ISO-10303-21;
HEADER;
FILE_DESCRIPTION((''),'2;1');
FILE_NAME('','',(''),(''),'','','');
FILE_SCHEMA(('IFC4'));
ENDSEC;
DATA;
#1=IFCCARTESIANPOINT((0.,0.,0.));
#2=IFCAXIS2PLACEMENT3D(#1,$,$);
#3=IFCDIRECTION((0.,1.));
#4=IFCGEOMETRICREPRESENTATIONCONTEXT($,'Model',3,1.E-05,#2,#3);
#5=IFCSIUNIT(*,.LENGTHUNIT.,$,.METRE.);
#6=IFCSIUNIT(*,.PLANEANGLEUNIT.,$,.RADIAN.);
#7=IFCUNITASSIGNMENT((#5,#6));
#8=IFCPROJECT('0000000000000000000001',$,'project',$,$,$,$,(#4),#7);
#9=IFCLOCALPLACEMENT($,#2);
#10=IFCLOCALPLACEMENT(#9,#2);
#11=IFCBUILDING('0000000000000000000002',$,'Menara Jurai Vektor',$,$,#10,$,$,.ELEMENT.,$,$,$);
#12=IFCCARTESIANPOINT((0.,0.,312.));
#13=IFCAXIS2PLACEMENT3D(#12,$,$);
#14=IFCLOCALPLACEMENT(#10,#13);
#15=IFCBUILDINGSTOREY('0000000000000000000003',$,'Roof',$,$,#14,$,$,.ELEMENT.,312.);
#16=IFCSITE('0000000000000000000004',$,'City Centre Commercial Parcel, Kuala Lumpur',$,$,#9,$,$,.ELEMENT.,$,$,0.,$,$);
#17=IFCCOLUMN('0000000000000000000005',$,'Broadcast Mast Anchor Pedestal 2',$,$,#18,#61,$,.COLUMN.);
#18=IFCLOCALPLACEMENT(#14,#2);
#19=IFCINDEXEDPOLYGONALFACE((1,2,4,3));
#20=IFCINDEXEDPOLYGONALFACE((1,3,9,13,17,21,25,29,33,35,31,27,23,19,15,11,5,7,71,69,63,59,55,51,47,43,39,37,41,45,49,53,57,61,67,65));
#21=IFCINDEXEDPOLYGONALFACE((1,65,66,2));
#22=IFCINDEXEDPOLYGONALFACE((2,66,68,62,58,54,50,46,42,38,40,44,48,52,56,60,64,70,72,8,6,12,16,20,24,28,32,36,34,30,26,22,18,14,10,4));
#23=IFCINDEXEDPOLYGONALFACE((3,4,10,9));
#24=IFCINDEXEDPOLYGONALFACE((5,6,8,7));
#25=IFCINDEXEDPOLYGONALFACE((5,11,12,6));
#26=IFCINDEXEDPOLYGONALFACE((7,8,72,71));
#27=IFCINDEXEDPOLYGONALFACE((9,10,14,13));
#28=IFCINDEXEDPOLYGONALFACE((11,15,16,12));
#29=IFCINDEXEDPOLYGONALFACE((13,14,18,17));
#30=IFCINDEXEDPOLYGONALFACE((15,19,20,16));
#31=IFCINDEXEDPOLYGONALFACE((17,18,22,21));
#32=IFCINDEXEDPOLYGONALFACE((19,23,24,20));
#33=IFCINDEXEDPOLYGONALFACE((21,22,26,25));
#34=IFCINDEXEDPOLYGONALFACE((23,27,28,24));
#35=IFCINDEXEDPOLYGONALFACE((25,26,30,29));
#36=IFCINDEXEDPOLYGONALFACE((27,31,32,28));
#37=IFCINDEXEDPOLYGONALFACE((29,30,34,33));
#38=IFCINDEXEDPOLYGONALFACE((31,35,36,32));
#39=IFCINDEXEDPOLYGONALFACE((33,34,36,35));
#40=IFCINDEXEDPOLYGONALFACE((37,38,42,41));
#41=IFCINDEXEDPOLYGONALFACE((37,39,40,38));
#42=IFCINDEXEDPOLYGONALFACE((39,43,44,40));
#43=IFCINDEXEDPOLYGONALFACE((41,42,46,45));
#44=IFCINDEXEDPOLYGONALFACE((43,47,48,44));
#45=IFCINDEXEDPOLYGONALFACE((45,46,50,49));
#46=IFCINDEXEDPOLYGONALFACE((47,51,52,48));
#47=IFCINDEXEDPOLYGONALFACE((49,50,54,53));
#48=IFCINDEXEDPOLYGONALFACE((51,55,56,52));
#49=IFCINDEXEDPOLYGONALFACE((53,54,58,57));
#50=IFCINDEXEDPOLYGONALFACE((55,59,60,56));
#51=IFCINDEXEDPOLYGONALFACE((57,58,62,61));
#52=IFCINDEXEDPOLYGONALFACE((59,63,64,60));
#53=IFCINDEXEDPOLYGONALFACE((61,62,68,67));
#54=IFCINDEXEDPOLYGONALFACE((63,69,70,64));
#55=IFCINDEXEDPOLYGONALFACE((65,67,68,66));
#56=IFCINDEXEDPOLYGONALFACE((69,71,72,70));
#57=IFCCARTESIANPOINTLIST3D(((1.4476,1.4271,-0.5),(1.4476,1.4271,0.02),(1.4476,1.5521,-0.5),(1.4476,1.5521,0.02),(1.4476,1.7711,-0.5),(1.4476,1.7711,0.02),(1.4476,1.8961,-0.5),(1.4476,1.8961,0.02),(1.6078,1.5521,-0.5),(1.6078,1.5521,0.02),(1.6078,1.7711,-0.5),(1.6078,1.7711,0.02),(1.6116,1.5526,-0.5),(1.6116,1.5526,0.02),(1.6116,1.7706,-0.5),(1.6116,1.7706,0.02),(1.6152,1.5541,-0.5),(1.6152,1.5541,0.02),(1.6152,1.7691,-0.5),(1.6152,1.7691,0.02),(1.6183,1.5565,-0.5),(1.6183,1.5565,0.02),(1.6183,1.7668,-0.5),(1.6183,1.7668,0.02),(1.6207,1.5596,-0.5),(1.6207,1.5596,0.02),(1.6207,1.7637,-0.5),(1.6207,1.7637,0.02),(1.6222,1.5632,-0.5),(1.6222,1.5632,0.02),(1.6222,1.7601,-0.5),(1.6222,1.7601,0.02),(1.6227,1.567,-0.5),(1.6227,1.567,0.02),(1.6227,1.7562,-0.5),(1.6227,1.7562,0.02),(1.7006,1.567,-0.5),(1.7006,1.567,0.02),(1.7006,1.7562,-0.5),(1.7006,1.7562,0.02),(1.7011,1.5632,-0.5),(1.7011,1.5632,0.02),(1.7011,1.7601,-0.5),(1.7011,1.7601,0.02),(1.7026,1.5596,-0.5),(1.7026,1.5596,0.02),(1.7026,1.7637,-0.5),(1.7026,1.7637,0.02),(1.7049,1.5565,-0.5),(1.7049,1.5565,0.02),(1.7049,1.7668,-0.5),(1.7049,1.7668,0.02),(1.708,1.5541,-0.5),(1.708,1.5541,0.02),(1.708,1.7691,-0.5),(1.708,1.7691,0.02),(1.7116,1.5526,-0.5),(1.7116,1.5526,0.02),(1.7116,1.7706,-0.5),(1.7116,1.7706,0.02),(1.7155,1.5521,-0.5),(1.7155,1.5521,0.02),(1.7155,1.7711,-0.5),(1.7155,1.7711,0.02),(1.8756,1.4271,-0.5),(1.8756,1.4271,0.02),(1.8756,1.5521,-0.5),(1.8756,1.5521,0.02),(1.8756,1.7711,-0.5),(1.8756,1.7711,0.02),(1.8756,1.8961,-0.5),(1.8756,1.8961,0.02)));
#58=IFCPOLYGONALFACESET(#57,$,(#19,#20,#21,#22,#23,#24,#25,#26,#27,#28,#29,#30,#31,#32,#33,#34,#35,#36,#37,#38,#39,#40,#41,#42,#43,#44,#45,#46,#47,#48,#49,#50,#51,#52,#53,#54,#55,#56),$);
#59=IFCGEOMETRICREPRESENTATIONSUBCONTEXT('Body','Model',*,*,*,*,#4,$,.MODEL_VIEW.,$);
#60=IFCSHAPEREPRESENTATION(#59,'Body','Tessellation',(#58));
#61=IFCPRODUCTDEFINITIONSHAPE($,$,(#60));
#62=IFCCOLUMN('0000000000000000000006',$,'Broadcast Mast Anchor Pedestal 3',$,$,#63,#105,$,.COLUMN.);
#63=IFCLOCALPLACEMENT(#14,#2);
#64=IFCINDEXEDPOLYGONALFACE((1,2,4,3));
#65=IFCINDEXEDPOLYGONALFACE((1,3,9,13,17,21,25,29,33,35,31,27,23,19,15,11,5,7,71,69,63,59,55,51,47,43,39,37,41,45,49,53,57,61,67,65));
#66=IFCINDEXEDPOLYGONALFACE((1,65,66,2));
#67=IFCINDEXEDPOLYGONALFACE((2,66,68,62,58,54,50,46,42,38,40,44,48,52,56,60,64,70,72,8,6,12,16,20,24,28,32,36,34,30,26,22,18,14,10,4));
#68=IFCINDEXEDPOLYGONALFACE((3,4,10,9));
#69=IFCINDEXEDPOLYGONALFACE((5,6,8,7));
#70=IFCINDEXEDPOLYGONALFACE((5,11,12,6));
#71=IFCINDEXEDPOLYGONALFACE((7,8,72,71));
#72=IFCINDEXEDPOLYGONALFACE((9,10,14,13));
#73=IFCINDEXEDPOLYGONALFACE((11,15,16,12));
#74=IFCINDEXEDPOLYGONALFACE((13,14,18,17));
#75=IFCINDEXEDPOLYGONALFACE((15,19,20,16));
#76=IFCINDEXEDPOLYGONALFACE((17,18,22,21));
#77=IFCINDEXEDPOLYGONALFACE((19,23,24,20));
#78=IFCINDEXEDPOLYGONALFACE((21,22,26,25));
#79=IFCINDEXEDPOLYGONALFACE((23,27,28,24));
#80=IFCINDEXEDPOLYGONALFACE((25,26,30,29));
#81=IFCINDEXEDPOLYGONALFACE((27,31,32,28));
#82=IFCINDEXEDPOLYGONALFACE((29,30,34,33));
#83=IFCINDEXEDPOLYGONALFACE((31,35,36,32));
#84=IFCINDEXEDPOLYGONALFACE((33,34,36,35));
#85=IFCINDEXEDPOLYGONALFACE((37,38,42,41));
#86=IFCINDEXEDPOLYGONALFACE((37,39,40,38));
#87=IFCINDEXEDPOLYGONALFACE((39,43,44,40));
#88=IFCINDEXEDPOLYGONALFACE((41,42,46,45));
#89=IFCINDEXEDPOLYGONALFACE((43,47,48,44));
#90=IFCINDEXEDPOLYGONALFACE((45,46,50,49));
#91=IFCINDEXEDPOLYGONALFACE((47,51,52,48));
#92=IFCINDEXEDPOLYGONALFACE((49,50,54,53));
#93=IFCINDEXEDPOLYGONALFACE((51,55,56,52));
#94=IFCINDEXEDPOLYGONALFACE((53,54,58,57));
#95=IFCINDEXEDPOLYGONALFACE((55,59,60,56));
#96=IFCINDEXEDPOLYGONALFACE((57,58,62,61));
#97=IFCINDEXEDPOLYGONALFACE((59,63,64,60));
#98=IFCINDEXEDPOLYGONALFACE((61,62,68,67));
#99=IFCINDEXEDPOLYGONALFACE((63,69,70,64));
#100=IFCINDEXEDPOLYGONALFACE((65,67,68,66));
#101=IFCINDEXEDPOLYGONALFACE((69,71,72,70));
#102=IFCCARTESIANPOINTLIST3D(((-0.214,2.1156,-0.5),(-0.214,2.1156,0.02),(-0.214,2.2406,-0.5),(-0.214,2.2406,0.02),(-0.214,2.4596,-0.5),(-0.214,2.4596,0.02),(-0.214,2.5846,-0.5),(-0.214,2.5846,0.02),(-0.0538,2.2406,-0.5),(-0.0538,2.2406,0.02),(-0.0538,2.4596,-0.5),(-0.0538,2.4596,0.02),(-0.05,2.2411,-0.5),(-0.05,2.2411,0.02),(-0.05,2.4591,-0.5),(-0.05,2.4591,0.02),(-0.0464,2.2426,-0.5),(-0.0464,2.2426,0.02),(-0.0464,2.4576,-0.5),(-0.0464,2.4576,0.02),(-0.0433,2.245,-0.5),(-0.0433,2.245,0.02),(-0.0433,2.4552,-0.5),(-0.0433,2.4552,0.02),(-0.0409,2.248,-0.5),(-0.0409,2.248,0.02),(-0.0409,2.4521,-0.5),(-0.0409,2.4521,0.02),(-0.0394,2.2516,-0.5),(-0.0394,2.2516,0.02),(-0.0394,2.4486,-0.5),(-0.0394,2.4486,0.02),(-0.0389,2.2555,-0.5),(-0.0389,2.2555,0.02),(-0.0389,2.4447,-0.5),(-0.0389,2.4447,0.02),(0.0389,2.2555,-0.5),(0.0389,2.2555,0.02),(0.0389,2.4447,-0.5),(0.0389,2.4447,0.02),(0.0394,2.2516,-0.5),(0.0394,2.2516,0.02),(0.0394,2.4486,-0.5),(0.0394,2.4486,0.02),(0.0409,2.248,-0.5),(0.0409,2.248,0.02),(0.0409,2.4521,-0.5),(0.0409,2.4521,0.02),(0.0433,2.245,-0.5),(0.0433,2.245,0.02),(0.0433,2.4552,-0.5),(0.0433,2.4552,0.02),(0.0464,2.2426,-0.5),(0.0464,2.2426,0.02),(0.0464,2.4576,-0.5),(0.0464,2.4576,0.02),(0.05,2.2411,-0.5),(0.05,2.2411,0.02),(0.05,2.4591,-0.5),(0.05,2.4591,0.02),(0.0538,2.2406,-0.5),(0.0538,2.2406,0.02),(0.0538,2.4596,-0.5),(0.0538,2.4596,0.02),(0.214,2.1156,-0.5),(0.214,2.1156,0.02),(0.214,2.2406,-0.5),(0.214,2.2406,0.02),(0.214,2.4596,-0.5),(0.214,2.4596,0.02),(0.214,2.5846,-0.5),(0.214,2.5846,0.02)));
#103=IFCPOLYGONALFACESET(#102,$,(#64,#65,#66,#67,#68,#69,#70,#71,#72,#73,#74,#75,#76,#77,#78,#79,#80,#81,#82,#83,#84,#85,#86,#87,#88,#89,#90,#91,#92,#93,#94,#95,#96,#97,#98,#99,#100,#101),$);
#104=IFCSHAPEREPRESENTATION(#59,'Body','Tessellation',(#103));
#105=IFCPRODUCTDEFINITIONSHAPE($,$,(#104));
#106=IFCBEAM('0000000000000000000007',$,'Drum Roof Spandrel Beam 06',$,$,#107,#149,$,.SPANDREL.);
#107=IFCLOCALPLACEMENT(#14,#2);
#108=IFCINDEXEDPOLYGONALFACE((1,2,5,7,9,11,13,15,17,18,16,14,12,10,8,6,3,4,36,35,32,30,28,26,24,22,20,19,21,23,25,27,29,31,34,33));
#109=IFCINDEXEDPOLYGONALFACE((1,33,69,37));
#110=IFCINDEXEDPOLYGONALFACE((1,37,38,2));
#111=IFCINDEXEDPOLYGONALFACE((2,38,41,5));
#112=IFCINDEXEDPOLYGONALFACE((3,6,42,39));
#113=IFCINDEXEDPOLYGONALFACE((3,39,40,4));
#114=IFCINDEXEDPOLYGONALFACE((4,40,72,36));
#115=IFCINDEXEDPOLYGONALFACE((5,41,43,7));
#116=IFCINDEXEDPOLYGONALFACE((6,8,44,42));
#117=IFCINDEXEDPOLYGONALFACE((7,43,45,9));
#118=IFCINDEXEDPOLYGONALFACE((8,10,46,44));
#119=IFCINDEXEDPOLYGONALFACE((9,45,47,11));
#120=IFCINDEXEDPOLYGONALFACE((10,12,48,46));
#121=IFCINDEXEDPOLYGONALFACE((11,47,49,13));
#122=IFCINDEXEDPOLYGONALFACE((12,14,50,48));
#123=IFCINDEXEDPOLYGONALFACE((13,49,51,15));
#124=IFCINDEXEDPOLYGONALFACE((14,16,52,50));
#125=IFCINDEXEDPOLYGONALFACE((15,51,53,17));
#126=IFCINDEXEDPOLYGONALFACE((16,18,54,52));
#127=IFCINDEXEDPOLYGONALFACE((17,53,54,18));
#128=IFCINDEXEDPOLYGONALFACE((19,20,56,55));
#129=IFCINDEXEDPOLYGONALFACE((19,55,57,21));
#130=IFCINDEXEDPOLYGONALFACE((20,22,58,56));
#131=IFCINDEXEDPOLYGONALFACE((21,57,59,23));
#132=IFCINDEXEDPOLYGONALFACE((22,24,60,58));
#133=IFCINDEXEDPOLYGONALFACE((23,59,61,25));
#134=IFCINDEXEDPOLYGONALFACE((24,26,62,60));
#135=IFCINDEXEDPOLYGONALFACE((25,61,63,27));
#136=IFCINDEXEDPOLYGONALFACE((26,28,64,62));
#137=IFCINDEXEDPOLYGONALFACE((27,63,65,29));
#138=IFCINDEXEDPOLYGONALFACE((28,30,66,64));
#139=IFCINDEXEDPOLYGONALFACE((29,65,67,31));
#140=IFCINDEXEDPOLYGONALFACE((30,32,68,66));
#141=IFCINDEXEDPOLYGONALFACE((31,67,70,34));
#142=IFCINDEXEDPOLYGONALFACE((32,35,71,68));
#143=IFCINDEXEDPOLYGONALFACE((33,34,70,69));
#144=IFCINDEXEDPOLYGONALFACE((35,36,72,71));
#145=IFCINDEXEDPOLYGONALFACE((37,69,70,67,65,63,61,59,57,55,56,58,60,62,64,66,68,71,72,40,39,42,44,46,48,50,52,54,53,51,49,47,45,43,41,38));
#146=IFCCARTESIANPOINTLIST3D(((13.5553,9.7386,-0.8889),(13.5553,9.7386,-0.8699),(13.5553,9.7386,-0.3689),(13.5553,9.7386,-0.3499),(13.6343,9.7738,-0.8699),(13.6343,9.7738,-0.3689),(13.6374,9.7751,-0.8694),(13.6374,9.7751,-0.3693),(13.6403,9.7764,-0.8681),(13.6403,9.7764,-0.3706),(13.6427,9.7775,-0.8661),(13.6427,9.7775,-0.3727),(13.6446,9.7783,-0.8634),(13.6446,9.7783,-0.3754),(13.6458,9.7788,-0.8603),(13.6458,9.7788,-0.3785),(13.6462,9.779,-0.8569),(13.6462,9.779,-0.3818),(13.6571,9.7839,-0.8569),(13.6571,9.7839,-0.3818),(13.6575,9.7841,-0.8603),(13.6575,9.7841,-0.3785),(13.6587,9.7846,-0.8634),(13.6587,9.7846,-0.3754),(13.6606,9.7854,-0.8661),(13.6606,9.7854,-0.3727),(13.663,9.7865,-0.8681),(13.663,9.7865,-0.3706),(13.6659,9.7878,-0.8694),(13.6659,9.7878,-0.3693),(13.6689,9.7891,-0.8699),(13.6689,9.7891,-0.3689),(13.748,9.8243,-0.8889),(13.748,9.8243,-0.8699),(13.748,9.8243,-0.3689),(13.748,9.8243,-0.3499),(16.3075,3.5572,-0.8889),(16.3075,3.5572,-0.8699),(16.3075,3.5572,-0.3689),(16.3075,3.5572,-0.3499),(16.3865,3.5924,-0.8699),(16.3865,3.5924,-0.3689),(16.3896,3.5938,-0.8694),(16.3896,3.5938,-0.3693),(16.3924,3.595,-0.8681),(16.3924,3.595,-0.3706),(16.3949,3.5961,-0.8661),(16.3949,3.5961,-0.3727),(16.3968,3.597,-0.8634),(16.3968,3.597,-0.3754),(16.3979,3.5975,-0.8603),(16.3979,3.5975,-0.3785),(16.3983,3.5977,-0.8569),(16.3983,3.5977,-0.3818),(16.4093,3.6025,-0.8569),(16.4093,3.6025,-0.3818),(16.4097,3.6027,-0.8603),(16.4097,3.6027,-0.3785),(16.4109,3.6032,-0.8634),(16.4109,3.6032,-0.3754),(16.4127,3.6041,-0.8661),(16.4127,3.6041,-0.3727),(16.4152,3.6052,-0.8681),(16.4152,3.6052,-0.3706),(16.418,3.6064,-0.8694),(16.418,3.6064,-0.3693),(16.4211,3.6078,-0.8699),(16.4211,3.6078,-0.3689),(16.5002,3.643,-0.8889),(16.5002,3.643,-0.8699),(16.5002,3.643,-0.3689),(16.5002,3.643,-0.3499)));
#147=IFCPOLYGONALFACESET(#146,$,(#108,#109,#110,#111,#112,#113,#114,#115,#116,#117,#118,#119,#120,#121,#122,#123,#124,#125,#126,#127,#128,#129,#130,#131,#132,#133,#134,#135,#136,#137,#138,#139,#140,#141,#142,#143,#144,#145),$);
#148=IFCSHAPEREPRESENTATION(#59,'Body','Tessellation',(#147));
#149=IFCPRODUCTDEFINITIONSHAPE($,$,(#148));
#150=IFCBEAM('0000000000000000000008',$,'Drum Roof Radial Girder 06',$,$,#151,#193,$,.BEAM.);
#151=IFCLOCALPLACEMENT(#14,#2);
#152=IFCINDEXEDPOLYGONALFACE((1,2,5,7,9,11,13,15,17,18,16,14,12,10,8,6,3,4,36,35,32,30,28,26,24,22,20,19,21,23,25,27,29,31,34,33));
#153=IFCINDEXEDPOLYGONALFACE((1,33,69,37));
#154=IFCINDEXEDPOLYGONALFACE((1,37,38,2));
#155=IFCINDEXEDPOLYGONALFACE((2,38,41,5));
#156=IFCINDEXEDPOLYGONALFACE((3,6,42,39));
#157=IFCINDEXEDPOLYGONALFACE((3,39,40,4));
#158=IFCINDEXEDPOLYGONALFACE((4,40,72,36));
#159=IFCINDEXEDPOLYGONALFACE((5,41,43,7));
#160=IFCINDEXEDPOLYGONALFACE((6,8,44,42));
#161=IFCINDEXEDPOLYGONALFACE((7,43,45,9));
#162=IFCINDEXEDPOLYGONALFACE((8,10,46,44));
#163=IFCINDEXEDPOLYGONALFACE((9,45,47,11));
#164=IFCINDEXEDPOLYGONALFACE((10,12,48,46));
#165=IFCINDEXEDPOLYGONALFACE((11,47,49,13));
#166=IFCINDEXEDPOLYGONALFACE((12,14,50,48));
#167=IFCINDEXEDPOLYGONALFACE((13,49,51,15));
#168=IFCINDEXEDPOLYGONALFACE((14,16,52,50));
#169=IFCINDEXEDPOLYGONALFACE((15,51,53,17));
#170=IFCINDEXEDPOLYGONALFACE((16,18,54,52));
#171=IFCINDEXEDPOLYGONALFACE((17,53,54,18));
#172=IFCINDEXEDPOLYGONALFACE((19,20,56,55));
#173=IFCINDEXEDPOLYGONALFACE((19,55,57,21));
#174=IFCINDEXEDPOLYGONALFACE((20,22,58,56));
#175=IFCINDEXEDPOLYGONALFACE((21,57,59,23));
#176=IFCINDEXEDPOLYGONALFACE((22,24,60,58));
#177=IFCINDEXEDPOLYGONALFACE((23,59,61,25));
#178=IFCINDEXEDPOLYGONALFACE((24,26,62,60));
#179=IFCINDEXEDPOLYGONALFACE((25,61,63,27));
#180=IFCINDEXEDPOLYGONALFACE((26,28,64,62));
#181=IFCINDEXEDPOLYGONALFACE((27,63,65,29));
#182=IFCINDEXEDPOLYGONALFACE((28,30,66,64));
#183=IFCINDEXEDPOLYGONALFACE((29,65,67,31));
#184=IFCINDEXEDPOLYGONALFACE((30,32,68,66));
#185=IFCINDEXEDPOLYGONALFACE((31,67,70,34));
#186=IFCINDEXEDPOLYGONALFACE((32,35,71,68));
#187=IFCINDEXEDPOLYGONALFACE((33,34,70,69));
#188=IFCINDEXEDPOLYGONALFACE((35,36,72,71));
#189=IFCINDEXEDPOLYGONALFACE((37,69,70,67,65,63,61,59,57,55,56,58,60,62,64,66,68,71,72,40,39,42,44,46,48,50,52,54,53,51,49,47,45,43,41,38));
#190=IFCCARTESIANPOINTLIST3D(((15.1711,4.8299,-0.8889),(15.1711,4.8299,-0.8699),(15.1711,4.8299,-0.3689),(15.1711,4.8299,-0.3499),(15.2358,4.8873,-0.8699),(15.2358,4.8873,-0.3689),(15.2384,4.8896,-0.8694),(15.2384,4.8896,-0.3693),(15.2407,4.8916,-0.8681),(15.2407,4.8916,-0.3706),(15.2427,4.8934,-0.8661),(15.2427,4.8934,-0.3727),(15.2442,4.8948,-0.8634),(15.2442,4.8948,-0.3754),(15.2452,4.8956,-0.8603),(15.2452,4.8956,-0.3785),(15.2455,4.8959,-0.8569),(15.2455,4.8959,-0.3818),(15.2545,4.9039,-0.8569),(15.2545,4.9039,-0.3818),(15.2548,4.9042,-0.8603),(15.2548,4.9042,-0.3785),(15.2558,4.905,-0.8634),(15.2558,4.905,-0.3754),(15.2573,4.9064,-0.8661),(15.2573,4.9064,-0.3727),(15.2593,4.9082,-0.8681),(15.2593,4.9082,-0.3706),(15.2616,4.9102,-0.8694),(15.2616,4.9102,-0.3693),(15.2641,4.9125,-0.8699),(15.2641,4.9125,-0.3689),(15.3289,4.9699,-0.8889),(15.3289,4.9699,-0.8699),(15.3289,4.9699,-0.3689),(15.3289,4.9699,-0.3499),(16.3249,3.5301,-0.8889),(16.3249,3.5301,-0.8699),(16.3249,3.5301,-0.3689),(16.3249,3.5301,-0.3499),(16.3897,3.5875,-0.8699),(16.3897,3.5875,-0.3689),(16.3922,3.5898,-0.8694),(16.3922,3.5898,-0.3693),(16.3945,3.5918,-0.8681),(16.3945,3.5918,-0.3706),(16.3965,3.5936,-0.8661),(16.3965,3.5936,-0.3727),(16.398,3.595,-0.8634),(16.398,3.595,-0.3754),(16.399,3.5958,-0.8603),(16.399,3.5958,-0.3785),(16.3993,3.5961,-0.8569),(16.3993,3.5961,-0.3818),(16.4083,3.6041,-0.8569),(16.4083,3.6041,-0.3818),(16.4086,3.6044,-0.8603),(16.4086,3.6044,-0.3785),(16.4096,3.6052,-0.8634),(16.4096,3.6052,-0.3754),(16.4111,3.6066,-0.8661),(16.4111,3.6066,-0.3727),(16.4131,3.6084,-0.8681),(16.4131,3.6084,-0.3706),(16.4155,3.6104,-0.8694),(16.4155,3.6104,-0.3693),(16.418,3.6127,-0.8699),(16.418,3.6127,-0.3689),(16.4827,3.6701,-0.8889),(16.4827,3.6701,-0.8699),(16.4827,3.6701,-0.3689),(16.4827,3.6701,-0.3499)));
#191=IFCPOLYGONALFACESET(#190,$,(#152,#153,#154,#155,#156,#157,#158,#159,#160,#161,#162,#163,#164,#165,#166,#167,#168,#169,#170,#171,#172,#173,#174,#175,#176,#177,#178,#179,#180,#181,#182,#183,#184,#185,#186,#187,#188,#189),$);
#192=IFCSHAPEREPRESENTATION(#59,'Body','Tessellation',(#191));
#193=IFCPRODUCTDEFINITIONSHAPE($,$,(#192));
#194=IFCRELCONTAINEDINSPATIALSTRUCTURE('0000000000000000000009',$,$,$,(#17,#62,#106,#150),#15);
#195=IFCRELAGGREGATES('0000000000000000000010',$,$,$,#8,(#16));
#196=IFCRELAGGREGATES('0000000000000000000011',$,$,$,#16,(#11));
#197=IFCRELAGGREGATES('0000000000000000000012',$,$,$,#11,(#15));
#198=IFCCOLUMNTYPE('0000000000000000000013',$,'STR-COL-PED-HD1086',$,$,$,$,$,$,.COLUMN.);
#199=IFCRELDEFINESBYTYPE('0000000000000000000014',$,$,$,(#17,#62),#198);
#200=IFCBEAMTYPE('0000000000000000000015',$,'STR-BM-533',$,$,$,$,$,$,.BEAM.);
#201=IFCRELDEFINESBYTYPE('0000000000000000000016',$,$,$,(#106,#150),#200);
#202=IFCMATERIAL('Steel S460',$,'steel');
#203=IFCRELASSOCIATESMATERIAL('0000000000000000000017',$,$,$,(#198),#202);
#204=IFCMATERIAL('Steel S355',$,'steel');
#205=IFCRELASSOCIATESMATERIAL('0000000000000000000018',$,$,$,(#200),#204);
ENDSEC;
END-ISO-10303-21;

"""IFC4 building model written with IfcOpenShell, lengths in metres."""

from ifc_helpers import new_model, si_unit, direction, frame, origin, origin_2d, place, context, subcontext, project, spatial, i_section, extrude, material, material_profile, profile_set, type_object, element, save


model = new_model("IFC4")

# Units and contexts
model_context = context("Model", 3, precision=1e-05, world=origin(), true_north=direction((0.0, 1.0)))
body_context = subcontext(model_context, "Body", "Model", "MODEL_VIEW")
ifc_project = project(units=[si_unit("LENGTHUNIT", "METRE"), si_unit("PLANEANGLEUNIT", "RADIAN")], contexts=[model_context])

# Site, building, storey
site_placement = place(None, origin())
site = spatial("IfcSite", under=ifc_project, at=site_placement, Name="City Centre Commercial Parcel, Kuala Lumpur", CompositionType="ELEMENT", RefElevation=0.0)
building_placement = place(site_placement, origin())
building = spatial("IfcBuilding", under=site, at=building_placement, Name="Menara Jurai Vektor", CompositionType="ELEMENT")
storey_placement = place(building_placement, frame((0.0, 0.0, 312.0)))
storey = spatial("IfcBuildingStorey", under=building, at=storey_placement, Name="Roof", CompositionType="ELEMENT", Elevation=312.0)

# Columns
ifc_material_1 = material(Name="Steel S460", Category="steel")
ifc_material_profile_1 = material_profile(ifc_material_1, i_section(OverallWidth=0.428, OverallDepth=0.469, WebThickness=0.0779, FlangeThickness=0.125, FilletRadius=0.0149, at=origin_2d()), Name="HD 400x1086")
ifc_profile_set_1 = profile_set([ifc_material_profile_1], Name="Steel S460")
column_type = type_object("IfcColumnType", Name="STR-COL-PED-HD1086", PredefinedType="COLUMN", material=ifc_profile_set_1)
for number, where, z_axis, x_axis, name in (
    (1, (1.6616, 1.6616, -0.5), (0.0, 0.0, 1.0), (1.0, 0.0, 0.0), "Broadcast Mast Anchor Pedestal 2"),
    (2, (0.0, 2.3501, -0.5), (0.0, 0.0, 1.0), (1.0, 0.0, 0.0), "Broadcast Mast Anchor Pedestal 3"),
):
    element("IfcColumn", number, at=place(storey_placement, frame(where, z_axis=z_axis, x_axis=x_axis)), inside=storey, type_object=column_type, Name=name, PredefinedType="COLUMN", context=body_context, shape_type="SweptSolid", body=[
        extrude(i_section(OverallWidth=0.428, OverallDepth=0.469, WebThickness=0.0779, FlangeThickness=0.125, FilletRadius=0.0149, at=origin_2d()), origin(), (0.0, 0.0, 1.0), 0.52),
    ])

# Beams
ifc_material_2 = material(Name="Steel S355", Category="steel")
ifc_material_profile_2 = material_profile(ifc_material_2, i_section(OverallWidth=0.2109, OverallDepth=0.5391, WebThickness=0.012, FlangeThickness=0.019, FilletRadius=0.0129, at=origin_2d()), Name="UKB 533x210x109")
ifc_profile_set_2 = profile_set([ifc_material_profile_2], Name="Steel S355")
beam_type_1 = type_object("IfcBeamType", Name="STR-BM-533", PredefinedType="BEAM", material=ifc_profile_set_2)
beam_1_placement = place(storey_placement, frame((16.4038, 3.6001, -0.6194), z_axis=(-0.406744, 0.913542, 0.0), x_axis=(-0.913542, -0.406744, 0.0)))
element("IfcBeam", 3, at=beam_1_placement, inside=storey, type_object=beam_type_1, Name="Drum Roof Spandrel Beam 06", PredefinedType="SPANDREL", context=body_context, shape_type="SweptSolid", body=[
    extrude(i_section(OverallWidth=0.2109, OverallDepth=0.5391, WebThickness=0.012, FlangeThickness=0.019, FilletRadius=0.0129, at=origin_2d()), origin(), (0.0, 0.0, 1.0), 6.7664),
])
beam_2_placement = place(storey_placement, frame((16.4038, 3.6001, -0.6194), z_axis=(-0.663858, 0.747859, 0.0), x_axis=(-0.747859, -0.663858, 0.0)))
element("IfcBeam", 4, at=beam_2_placement, inside=storey, type_object=beam_type_1, Name="Drum Roof Radial Girder 06", PredefinedType="BEAM", context=body_context, shape_type="SweptSolid", body=[
    extrude(i_section(OverallWidth=0.2109, OverallDepth=0.5391, WebThickness=0.012, FlangeThickness=0.019, FilletRadius=0.0129, at=origin_2d()), origin(), (0.0, 0.0, 1.0), 1.738),
])

save(model, "model.ifc")
